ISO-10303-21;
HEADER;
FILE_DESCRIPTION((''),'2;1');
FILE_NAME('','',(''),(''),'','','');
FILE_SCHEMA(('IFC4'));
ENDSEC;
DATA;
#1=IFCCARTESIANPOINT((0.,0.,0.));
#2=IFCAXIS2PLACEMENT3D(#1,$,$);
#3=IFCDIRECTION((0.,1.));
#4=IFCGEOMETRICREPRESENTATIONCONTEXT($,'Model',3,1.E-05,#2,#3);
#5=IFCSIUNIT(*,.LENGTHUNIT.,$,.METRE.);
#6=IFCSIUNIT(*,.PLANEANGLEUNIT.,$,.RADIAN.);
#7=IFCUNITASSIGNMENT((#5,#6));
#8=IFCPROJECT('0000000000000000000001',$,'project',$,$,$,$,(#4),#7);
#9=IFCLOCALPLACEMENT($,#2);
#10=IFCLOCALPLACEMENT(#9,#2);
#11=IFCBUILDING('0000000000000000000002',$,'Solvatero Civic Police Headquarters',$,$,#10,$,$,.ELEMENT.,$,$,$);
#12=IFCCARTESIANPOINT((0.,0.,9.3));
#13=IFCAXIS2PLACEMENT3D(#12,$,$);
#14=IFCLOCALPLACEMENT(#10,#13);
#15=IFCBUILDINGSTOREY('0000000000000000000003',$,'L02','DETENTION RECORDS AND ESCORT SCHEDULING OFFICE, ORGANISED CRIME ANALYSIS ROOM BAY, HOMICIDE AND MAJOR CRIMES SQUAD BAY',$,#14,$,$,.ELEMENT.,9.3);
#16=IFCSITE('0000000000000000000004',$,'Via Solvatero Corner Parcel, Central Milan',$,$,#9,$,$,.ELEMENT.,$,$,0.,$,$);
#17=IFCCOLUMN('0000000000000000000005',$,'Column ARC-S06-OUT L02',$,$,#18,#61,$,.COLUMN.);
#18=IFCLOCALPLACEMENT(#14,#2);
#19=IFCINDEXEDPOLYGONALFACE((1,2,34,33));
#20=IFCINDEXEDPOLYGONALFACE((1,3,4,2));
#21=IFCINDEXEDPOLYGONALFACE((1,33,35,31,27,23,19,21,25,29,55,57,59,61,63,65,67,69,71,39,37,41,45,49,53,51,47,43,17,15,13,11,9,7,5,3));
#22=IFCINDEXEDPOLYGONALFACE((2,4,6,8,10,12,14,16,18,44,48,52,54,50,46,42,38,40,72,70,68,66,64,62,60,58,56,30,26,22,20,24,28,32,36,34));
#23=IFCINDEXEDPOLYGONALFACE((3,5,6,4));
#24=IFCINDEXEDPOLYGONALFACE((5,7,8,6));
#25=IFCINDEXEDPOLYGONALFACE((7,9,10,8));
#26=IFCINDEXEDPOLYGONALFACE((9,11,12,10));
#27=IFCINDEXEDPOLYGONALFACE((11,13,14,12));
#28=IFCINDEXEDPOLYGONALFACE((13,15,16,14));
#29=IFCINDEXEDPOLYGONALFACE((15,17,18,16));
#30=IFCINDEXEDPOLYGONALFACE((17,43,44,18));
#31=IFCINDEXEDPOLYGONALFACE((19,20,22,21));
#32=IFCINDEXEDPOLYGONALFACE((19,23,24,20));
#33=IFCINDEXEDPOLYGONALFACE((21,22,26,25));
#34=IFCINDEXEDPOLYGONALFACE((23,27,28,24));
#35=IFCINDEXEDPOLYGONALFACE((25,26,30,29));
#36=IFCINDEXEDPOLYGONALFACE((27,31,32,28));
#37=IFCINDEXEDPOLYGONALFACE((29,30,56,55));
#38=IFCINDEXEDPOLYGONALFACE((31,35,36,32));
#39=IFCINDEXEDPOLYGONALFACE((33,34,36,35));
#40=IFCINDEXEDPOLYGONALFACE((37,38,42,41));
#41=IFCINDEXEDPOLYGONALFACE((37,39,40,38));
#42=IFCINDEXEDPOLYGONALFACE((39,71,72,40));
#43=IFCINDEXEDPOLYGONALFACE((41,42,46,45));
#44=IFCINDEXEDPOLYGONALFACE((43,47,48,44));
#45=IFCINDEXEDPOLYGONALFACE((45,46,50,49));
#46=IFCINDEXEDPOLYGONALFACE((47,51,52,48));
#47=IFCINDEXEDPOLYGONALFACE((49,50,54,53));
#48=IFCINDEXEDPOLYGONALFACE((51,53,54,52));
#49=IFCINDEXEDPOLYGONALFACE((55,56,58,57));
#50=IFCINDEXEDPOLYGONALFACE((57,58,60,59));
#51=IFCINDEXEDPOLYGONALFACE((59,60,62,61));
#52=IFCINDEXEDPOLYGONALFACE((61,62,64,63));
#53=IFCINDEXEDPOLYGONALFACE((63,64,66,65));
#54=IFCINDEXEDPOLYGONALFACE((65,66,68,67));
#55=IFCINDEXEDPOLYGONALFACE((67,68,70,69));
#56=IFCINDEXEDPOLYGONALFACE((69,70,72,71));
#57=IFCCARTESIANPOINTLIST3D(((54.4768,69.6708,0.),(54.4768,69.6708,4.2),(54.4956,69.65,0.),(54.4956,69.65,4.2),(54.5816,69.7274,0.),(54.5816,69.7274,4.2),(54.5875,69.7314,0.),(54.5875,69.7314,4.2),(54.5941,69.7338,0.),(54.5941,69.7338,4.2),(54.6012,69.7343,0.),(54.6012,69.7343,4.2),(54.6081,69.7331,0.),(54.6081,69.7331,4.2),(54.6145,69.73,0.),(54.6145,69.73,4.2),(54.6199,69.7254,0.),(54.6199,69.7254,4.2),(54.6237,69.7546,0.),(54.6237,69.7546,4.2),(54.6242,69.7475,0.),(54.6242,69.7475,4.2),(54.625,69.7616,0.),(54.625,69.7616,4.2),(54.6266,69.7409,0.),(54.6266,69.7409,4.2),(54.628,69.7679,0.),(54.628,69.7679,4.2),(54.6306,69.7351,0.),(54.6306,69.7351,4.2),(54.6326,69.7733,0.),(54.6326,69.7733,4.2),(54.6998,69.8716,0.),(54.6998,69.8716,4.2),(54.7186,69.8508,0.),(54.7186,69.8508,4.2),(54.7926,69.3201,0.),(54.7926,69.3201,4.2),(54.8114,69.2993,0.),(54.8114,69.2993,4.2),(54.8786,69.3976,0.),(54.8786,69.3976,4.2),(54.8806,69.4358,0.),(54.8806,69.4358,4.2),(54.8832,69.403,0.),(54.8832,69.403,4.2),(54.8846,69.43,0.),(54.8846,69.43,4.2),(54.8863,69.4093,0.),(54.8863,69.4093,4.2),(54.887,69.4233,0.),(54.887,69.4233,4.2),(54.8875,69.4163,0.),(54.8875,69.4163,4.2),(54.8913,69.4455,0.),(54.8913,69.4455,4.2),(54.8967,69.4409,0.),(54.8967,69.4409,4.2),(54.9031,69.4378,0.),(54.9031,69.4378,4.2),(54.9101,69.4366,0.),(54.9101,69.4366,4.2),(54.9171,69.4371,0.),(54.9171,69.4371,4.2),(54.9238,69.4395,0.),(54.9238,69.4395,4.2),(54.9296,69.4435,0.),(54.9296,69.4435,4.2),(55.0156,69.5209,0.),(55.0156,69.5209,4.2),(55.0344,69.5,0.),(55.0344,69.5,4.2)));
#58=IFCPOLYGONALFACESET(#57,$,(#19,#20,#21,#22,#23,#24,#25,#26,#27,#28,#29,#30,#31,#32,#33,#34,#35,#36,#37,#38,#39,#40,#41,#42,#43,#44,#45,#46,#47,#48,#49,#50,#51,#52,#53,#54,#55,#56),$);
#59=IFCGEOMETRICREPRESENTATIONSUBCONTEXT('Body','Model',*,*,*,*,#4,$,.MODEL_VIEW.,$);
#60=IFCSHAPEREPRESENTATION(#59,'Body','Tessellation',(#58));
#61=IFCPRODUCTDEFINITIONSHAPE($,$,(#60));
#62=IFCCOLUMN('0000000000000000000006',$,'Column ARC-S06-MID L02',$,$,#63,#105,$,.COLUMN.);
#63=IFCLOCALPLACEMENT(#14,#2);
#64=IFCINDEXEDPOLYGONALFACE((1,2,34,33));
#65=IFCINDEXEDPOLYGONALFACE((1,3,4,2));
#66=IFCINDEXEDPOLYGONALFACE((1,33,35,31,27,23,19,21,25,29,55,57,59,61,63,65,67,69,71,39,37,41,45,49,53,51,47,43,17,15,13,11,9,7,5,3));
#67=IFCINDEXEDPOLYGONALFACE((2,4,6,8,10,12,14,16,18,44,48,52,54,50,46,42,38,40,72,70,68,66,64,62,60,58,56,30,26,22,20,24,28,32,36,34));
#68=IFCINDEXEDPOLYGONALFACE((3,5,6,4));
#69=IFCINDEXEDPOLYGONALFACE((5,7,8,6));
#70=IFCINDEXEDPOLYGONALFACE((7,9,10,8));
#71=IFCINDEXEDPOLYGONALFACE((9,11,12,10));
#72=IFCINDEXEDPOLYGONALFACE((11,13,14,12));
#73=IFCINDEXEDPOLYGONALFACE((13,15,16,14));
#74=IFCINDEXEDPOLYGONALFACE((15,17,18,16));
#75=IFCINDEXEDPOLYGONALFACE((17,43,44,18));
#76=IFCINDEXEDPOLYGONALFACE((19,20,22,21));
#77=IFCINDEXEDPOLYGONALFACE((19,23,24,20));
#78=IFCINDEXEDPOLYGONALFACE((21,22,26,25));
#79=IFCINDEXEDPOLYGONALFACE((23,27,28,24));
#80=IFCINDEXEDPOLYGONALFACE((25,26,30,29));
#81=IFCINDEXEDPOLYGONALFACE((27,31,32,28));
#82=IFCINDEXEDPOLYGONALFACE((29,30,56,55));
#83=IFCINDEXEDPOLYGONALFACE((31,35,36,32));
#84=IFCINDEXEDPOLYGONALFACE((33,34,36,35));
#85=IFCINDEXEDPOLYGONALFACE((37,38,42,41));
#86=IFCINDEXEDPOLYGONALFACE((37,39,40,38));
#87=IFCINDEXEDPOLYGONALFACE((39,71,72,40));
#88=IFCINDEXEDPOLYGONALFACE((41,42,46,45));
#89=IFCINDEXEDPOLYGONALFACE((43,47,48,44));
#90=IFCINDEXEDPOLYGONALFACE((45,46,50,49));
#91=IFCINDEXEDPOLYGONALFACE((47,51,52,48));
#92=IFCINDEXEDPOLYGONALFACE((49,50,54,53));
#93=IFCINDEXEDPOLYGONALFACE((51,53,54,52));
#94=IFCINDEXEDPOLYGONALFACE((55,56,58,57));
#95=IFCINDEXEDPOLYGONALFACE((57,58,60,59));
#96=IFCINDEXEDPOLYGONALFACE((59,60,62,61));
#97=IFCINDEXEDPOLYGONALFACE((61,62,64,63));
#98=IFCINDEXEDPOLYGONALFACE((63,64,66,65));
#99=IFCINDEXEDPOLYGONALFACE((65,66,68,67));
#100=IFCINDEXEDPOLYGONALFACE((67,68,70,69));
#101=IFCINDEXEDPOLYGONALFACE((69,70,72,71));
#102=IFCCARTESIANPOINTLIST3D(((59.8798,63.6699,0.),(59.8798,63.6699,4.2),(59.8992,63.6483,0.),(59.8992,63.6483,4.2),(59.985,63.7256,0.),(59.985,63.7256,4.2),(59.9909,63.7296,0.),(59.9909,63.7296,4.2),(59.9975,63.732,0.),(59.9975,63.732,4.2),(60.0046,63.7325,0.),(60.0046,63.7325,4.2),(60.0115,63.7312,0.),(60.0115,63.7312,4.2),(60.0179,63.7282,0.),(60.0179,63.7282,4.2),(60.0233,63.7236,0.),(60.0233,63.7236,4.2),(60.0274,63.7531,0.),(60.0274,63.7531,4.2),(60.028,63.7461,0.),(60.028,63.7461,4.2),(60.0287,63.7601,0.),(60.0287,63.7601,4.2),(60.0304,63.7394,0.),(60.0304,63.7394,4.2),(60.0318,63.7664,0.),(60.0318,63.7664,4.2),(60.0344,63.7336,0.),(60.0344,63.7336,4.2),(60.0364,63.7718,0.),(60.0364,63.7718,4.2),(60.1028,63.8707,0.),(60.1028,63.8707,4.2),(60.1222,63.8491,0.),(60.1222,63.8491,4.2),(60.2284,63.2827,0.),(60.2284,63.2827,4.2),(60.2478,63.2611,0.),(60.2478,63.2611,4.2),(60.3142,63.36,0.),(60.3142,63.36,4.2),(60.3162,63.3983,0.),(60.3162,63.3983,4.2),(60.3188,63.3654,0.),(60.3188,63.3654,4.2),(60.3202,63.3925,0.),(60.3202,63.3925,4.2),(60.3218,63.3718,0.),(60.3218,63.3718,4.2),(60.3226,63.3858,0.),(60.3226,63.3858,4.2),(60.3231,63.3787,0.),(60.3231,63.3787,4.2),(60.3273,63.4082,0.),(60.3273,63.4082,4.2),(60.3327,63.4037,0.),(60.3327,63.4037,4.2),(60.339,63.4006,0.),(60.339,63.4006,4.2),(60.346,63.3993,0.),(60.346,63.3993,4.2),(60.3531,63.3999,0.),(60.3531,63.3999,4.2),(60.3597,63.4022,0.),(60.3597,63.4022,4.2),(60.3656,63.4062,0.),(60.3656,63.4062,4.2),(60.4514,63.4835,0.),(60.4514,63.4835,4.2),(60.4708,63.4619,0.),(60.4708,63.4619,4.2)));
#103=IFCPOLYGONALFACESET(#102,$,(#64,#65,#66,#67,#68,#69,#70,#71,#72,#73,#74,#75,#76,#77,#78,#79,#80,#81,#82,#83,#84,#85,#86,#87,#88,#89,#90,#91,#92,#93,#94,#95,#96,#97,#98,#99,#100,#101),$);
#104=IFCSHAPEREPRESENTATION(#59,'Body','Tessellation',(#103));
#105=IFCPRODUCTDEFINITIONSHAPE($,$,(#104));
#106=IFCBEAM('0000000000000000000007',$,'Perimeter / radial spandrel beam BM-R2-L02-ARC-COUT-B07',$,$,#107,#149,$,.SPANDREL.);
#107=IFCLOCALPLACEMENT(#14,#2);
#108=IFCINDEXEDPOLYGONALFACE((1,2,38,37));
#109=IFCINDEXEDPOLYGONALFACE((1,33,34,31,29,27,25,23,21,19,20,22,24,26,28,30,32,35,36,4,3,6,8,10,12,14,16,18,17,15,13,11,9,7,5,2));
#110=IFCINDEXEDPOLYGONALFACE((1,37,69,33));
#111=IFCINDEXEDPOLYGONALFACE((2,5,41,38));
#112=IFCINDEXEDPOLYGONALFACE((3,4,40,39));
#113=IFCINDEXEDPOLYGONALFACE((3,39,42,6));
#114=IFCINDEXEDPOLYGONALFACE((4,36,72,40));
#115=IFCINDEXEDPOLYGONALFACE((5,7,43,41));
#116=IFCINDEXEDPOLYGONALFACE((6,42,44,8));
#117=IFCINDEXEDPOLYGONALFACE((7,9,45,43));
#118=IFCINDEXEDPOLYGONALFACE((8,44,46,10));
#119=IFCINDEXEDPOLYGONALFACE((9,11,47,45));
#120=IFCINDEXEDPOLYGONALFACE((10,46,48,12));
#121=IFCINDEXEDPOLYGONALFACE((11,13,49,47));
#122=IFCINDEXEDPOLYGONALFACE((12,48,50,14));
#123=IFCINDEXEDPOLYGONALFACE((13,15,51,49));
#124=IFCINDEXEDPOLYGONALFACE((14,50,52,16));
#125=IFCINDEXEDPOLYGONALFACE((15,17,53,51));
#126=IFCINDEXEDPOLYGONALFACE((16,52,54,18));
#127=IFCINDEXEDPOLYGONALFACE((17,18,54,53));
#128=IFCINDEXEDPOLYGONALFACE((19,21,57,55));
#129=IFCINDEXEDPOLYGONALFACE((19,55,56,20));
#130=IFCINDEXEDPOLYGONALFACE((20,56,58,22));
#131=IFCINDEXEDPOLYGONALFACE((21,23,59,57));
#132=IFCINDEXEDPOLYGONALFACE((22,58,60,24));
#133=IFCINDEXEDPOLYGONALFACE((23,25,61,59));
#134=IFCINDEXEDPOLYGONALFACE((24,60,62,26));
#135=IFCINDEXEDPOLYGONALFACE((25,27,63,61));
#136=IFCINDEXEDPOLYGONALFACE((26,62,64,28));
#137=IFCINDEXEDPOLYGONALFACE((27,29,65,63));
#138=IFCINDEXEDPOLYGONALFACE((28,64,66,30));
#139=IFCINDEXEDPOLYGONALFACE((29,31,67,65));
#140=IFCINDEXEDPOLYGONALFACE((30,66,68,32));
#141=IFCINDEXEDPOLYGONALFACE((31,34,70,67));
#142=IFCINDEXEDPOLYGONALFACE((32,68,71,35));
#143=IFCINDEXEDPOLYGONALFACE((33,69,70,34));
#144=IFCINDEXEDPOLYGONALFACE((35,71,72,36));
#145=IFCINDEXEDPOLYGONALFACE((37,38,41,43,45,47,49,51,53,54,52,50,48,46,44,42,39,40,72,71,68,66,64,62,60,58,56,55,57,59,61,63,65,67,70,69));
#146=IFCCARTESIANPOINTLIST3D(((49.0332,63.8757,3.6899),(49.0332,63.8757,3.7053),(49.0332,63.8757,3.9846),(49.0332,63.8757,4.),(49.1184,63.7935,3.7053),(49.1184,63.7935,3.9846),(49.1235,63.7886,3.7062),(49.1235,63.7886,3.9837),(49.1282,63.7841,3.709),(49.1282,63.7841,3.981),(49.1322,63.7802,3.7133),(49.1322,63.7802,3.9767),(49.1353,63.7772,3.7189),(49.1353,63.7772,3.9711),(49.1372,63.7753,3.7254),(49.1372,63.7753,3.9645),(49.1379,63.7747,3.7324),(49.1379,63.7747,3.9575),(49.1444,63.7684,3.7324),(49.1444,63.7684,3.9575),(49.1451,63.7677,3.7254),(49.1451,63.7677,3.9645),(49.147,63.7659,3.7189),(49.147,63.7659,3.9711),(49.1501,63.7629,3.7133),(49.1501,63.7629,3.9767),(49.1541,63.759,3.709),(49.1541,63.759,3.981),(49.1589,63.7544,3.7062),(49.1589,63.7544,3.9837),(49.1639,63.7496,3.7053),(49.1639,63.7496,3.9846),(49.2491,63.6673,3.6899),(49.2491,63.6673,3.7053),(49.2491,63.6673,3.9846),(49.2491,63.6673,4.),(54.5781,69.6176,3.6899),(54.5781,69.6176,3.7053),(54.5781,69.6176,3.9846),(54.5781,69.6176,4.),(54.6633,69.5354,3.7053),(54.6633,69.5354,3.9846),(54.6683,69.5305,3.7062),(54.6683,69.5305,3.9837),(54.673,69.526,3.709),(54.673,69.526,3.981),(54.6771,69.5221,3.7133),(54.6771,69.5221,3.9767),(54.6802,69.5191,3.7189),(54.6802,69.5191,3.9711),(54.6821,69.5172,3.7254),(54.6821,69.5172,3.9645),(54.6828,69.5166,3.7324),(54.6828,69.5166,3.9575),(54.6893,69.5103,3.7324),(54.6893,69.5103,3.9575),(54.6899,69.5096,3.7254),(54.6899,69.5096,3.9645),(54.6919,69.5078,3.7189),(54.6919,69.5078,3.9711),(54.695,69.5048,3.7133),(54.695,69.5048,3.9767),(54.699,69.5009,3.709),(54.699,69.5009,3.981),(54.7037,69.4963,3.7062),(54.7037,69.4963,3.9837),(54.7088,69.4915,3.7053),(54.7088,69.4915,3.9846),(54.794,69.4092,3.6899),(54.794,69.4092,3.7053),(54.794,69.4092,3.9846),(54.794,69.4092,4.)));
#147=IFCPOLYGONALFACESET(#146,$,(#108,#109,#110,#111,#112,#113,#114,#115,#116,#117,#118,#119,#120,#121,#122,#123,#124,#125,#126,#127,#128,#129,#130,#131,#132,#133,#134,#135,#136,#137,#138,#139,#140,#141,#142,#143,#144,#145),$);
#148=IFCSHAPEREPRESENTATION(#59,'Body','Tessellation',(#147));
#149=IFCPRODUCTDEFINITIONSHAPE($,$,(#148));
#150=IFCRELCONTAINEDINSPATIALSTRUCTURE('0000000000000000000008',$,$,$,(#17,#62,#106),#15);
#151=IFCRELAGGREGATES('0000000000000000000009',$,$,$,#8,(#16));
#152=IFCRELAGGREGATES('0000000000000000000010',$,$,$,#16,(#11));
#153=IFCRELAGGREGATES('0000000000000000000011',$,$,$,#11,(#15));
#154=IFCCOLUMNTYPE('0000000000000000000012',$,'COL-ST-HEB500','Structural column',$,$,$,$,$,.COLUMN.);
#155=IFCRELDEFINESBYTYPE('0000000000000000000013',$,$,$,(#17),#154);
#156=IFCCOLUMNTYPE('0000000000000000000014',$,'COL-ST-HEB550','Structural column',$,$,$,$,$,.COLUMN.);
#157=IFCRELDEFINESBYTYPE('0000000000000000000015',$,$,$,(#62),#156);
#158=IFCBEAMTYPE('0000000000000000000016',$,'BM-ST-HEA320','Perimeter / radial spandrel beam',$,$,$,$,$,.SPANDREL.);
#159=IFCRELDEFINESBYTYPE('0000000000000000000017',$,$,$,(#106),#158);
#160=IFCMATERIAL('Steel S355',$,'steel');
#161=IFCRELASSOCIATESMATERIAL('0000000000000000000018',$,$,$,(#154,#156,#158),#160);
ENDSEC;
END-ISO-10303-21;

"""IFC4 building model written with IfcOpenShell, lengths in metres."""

from ifc_helpers import new_model, si_unit, direction, frame, origin, origin_2d, place, context, subcontext, project, spatial, i_section, extrude, material, material_profile, profile_set, type_object, element, save


model = new_model("IFC4")

# Units and contexts
model_context = context("Model", 3, precision=1e-05, world=origin(), true_north=direction((0.0, 1.0)))
body_context = subcontext(model_context, "Body", "Model", "MODEL_VIEW")
ifc_project = project(units=[si_unit("LENGTHUNIT", "METRE"), si_unit("PLANEANGLEUNIT", "RADIAN")], contexts=[model_context])

# Site, building, storey
site_placement = place(None, origin())
site = spatial("IfcSite", under=ifc_project, at=site_placement, Name="Via Solvatero Corner Parcel, Central Milan", CompositionType="ELEMENT", RefElevation=0.0)
building_placement = place(site_placement, origin())
building = spatial("IfcBuilding", under=site, at=building_placement, Name="Solvatero Civic Police Headquarters", CompositionType="ELEMENT")
storey_placement = place(building_placement, frame((0.0, 0.0, 9.3)))
storey = spatial("IfcBuildingStorey", under=building, at=storey_placement, Name="L02", Description="DETENTION RECORDS AND ESCORT SCHEDULING OFFICE, ORGANISED CRIME ANALYSIS ROOM BAY, HOMICIDE AND MAJOR CRIMES SQUAD BAY", CompositionType="ELEMENT", Elevation=9.3)

# Columns
ifc_material_1 = material(Name="Steel S355", Category="steel")
ifc_material_profile_1 = material_profile(ifc_material_1, i_section(OverallWidth=0.3, OverallDepth=0.5, WebThickness=0.0144, FlangeThickness=0.0281, FilletRadius=0.0271, at=origin_2d()), Name="HEB 500")
ifc_profile_set_1 = profile_set([ifc_material_profile_1], Name="Steel S355")
column_type_1 = type_object("IfcColumnType", Name="COL-ST-HEB500", Description="Structural column", PredefinedType="COLUMN", material=ifc_profile_set_1)
column_1_placement = place(storey_placement, frame((54.7556, 69.5854, 0.0), z_axis=(0.0, 0.0, 1.0), x_axis=(0.743145, 0.669131, 0.0)))
element("IfcColumn", 1, at=column_1_placement, inside=storey, type_object=column_type_1, Name="Column ARC-S06-OUT L02", PredefinedType="COLUMN", context=body_context, shape_type="SweptSolid", body=[
    extrude(i_section(OverallWidth=0.3, OverallDepth=0.5, WebThickness=0.0144, FlangeThickness=0.0281, FilletRadius=0.0271, at=origin_2d()), origin(), (0.0, 0.0, 1.0), 4.2),
])
ifc_material_profile_2 = material_profile(ifc_material_1, i_section(OverallWidth=0.3, OverallDepth=0.55, WebThickness=0.0149, FlangeThickness=0.0291, FilletRadius=0.0271, at=origin_2d()), Name="HEB 550")
ifc_profile_set_2 = profile_set([ifc_material_profile_2], Name="Steel S355")
column_type_2 = type_object("IfcColumnType", Name="COL-ST-HEB550", Description="Structural column", PredefinedType="COLUMN", material=ifc_profile_set_2)
column_2_placement = place(storey_placement, frame((60.1753, 63.5659, 0.0), z_axis=(0.0, 0.0, 1.0), x_axis=(0.743145, 0.669131, 0.0)))
element("IfcColumn", 2, at=column_2_placement, inside=storey, type_object=column_type_2, Name="Column ARC-S06-MID L02", PredefinedType="COLUMN", context=body_context, shape_type="SweptSolid", body=[
    extrude(i_section(OverallWidth=0.3, OverallDepth=0.55, WebThickness=0.0149, FlangeThickness=0.0291, FilletRadius=0.0271, at=origin_2d()), origin(), (0.0, 0.0, 1.0), 4.2),
])

# Beam
ifc_material_profile_3 = material_profile(ifc_material_1, i_section(OverallWidth=0.3, OverallDepth=0.3101, WebThickness=0.009, FlangeThickness=0.0154, FilletRadius=0.0271, at=origin_2d()), Name="HEA 320")
ifc_profile_set_3 = profile_set([ifc_material_profile_3], Name="Steel S355")
beam_type_1 = type_object("IfcBeamType", Name="BM-ST-HEA320", Description="Perimeter / radial spandrel beam", PredefinedType="SPANDREL", material=ifc_profile_set_3)
beam_1_placement = place(storey_placement, frame((54.686, 69.5134, 3.845), z_axis=(-0.694658, -0.71934, 0.0), x_axis=(0.71934, -0.694658, 0.0)))
element("IfcBeam", 3, at=beam_1_placement, inside=storey, type_object=beam_type_1, Name="Perimeter / radial spandrel beam BM-R2-L02-ARC-COUT-B07", PredefinedType="SPANDREL", context=body_context, shape_type="SweptSolid", body=[
    extrude(i_section(OverallWidth=0.3, OverallDepth=0.3101, WebThickness=0.009, FlangeThickness=0.0154, FilletRadius=0.0271, at=origin_2d()), origin(), (0.0, 0.0, 1.0), 7.9822),
])

save(model, "model.ifc")
